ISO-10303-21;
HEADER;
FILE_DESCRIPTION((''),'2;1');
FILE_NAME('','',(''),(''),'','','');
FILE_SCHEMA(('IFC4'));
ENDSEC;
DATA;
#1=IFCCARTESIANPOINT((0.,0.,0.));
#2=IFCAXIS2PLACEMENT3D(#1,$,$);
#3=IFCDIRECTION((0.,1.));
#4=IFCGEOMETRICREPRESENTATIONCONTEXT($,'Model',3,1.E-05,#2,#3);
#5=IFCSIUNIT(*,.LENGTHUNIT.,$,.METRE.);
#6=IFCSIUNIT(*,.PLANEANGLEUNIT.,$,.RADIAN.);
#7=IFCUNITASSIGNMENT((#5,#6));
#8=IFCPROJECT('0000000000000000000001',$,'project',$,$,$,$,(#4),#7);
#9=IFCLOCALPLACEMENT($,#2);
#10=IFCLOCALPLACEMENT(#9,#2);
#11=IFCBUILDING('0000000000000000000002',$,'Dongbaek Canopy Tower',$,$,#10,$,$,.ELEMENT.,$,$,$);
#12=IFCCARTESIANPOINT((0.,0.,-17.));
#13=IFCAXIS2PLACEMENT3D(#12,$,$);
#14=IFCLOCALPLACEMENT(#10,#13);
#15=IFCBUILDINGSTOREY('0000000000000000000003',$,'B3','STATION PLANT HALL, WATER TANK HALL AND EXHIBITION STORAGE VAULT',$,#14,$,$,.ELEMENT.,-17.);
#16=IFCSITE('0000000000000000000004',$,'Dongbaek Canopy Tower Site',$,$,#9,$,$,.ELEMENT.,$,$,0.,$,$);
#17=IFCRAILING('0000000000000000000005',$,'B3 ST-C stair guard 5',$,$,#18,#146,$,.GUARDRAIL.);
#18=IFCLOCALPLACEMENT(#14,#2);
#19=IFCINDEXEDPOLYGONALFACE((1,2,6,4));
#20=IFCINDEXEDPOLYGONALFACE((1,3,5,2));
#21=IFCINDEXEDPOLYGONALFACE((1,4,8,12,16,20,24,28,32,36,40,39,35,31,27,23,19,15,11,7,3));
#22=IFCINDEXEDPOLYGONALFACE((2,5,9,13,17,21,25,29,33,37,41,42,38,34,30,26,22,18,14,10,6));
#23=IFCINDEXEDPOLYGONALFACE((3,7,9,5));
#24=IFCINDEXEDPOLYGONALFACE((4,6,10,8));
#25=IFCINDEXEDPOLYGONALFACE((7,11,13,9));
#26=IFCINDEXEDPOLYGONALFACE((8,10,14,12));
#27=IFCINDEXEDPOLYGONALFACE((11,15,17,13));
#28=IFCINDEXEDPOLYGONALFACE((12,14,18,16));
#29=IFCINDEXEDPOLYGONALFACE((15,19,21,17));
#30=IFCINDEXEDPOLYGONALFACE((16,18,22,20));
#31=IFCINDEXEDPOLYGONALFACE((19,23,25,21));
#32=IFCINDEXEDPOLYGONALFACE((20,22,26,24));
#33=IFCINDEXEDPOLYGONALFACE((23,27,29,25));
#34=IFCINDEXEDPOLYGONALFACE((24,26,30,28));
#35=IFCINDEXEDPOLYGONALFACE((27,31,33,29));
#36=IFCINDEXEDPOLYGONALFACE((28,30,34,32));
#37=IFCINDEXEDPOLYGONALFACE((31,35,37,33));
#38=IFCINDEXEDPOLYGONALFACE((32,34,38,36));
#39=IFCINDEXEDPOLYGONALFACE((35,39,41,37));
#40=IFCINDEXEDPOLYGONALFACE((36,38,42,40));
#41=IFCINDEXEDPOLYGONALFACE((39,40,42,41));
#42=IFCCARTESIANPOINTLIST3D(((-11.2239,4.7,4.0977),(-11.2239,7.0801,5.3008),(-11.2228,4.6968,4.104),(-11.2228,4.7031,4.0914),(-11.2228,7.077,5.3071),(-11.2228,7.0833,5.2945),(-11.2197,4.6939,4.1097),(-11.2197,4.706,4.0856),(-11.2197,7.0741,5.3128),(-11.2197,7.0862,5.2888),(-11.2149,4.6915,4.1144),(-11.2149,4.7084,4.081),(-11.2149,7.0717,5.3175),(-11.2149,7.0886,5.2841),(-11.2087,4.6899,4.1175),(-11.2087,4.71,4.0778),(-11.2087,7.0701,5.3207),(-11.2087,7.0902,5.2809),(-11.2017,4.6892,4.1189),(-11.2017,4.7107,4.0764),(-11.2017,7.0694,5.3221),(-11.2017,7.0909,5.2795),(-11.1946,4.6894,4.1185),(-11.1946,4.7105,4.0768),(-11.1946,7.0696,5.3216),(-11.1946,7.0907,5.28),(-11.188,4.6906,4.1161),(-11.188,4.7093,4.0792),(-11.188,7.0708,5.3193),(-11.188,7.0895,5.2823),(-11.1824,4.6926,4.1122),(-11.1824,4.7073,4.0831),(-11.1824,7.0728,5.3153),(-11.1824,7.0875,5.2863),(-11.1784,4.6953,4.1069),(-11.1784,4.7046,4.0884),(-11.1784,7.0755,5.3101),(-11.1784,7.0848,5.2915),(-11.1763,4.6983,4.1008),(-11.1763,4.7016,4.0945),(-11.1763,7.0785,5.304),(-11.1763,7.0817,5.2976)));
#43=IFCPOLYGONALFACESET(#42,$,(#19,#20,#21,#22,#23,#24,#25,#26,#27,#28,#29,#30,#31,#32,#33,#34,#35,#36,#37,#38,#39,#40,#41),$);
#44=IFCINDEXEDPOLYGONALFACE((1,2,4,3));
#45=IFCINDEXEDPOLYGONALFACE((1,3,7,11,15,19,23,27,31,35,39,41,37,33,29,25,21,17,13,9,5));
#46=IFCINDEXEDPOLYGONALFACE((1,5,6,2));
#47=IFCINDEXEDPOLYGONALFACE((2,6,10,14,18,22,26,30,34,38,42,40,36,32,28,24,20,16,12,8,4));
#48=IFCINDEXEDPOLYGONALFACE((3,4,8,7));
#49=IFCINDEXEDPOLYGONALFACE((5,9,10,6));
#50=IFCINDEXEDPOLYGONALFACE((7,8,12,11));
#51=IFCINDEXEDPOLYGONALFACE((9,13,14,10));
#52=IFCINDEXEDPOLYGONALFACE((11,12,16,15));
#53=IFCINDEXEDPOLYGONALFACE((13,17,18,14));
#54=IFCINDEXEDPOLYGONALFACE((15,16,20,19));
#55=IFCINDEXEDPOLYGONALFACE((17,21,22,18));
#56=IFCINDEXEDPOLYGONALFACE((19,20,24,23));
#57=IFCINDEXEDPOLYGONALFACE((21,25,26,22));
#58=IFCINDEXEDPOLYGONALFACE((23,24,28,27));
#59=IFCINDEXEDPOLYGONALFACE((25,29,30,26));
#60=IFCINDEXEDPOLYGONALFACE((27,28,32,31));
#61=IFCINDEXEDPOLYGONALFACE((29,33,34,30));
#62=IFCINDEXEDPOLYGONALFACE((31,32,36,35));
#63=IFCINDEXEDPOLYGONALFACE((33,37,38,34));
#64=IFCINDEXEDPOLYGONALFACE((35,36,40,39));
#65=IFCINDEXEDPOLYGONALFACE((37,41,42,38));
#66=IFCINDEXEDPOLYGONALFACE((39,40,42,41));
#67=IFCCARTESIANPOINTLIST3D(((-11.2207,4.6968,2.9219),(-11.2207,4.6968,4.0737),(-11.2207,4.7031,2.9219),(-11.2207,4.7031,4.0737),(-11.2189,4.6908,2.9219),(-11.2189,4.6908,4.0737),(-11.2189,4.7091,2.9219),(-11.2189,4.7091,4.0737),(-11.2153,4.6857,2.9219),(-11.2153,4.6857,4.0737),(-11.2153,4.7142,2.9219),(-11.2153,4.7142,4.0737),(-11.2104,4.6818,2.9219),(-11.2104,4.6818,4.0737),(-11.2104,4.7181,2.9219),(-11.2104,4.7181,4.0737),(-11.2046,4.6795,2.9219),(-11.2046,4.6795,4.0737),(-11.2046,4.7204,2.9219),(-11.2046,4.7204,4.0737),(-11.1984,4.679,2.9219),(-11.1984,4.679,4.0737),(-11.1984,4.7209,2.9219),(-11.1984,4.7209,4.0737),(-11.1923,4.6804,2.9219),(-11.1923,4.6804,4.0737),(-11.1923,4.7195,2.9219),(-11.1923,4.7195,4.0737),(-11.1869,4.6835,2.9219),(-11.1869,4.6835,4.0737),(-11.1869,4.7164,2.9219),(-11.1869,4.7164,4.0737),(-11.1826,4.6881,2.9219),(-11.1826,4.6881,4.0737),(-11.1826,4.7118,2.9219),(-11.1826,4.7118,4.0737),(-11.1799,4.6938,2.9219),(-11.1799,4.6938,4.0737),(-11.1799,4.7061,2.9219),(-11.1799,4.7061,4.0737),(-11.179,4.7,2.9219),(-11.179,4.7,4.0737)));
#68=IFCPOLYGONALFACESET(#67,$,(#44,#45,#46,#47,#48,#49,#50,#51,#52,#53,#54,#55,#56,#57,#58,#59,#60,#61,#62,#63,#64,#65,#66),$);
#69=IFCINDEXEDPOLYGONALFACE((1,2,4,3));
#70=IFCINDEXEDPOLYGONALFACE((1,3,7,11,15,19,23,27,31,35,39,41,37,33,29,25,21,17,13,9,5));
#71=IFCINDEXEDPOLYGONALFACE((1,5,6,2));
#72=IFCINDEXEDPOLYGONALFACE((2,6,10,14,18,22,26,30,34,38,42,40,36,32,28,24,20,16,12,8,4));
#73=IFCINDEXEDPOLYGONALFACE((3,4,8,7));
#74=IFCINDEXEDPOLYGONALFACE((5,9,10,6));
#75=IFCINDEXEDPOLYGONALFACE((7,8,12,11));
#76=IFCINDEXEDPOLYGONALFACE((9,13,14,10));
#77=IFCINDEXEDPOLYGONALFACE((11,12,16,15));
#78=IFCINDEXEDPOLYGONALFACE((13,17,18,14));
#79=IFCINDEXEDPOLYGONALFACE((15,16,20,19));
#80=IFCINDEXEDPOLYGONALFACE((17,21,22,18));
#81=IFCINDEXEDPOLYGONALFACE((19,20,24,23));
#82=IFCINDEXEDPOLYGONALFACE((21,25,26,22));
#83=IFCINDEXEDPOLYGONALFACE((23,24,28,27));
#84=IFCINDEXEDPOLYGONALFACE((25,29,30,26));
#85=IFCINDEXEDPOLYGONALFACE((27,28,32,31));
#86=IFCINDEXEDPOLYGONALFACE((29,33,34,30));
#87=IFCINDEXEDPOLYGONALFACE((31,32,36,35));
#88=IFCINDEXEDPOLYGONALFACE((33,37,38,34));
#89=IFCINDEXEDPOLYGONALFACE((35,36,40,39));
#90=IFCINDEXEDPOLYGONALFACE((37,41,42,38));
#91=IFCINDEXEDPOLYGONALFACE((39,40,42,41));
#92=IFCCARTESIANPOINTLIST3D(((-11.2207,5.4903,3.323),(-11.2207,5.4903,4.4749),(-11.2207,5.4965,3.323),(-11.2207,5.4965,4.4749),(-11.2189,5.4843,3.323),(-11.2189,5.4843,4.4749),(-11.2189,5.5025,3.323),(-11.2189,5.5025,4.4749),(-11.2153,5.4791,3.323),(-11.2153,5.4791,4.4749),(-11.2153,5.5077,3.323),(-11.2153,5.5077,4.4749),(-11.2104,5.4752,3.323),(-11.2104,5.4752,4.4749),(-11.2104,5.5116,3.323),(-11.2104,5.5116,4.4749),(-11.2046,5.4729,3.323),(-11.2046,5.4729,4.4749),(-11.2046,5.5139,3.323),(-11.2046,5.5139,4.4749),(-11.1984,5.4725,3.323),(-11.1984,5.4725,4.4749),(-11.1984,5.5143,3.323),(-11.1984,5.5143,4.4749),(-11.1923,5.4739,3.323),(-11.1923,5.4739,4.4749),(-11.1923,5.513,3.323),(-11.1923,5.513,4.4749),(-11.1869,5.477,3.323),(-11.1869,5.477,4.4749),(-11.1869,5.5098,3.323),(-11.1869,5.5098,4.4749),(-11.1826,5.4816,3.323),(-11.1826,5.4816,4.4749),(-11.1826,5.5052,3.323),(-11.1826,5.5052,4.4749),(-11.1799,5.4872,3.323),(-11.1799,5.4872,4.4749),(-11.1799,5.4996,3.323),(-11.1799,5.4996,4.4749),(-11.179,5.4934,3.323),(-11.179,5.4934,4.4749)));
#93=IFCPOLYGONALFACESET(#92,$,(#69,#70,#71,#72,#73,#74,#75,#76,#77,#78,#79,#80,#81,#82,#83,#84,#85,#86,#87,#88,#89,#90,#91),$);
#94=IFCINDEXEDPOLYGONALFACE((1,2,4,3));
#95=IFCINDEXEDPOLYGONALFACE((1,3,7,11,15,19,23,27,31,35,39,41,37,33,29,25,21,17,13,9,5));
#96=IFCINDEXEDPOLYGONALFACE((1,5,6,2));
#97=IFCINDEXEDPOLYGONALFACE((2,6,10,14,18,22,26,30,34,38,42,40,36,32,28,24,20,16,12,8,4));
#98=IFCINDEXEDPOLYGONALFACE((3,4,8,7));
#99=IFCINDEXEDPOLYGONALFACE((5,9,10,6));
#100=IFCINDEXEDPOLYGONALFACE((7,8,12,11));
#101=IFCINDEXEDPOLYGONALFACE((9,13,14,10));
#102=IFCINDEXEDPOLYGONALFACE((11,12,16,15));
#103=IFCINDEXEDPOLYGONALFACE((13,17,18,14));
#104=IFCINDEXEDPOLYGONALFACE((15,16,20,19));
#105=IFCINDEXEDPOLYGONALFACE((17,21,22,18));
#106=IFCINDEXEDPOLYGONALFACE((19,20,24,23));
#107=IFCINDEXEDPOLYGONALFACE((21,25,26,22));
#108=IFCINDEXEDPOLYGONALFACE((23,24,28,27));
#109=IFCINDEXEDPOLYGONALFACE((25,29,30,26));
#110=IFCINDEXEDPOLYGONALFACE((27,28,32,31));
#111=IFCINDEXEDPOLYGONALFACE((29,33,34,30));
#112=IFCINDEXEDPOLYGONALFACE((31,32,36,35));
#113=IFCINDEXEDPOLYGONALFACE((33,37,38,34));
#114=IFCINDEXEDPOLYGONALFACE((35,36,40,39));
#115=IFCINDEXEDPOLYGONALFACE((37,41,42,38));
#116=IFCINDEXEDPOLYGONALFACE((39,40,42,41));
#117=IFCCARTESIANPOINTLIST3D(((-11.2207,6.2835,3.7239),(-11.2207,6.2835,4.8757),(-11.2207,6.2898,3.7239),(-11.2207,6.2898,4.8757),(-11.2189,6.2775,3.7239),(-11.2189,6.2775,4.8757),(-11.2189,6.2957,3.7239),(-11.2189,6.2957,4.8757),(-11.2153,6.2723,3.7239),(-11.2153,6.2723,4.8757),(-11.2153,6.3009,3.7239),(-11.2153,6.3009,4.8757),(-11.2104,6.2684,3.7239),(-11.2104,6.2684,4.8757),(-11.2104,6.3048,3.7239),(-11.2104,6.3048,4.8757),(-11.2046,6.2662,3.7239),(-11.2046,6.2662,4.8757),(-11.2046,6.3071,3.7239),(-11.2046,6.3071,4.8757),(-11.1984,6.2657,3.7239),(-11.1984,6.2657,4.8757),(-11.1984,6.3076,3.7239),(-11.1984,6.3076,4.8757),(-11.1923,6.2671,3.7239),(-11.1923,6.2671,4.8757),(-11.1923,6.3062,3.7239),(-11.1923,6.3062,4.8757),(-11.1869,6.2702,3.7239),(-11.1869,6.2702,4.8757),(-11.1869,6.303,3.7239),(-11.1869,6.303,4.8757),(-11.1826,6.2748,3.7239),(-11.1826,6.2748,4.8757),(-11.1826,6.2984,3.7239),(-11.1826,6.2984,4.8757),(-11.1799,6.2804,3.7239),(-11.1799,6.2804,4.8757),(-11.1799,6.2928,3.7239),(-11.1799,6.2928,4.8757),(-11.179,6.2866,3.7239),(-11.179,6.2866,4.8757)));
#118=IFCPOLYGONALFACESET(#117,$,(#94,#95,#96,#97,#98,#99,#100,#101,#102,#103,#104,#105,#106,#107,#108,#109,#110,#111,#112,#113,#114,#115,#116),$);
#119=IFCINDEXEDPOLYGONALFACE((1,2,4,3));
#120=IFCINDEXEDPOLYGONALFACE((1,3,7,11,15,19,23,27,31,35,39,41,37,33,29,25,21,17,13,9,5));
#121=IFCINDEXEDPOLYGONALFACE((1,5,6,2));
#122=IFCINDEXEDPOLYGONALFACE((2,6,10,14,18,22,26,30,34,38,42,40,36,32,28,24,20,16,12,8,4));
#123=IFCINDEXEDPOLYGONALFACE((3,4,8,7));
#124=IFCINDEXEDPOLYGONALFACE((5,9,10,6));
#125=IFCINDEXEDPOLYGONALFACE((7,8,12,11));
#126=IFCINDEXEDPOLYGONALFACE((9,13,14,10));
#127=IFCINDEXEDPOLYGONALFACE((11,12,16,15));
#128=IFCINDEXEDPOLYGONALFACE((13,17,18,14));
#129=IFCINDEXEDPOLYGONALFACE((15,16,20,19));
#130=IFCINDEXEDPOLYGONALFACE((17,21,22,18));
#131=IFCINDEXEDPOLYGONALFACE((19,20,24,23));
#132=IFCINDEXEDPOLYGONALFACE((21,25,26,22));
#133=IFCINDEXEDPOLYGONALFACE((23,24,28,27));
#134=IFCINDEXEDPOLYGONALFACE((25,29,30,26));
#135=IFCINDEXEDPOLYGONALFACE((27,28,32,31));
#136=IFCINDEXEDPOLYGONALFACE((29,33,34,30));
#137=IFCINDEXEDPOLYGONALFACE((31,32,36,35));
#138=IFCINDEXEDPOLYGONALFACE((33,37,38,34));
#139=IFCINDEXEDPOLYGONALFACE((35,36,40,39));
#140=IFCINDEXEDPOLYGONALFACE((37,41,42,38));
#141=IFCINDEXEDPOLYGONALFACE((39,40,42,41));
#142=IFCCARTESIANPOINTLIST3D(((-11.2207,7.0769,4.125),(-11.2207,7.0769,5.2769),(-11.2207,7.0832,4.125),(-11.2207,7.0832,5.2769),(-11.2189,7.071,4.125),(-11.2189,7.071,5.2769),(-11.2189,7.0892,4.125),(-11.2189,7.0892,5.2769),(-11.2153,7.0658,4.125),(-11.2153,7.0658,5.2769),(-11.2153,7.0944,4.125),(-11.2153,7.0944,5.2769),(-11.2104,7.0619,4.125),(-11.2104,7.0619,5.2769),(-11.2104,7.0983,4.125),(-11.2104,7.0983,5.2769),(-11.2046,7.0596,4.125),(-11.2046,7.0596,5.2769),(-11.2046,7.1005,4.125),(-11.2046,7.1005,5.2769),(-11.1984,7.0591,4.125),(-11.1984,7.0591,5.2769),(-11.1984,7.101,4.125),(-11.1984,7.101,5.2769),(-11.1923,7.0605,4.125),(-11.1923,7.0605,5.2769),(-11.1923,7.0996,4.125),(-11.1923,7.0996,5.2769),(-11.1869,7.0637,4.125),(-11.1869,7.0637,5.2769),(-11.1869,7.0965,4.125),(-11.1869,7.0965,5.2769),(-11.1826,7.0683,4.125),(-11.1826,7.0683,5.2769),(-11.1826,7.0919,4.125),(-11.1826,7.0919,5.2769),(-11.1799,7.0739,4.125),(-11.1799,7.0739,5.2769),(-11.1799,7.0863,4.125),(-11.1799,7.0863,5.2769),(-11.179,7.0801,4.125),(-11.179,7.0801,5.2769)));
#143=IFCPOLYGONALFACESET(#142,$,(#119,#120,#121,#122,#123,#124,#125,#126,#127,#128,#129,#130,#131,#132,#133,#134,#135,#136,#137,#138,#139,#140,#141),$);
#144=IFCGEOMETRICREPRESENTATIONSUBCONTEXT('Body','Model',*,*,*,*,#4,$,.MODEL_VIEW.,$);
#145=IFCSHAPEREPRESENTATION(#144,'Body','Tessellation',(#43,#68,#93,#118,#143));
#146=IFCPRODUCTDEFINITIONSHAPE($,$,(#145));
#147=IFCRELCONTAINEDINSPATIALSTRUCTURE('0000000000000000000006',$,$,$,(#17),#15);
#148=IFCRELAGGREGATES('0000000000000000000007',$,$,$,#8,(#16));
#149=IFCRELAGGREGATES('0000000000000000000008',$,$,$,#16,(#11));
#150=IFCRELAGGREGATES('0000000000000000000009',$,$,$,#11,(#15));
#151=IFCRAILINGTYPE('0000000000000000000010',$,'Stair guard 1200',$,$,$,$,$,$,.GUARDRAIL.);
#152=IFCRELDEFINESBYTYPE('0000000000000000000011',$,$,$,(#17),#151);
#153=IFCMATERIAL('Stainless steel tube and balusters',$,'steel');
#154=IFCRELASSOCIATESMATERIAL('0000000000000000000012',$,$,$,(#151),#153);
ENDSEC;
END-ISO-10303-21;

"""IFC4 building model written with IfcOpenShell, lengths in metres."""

from ifc_helpers import new_model, si_unit, direction, frame, origin, origin_2d, place, context, subcontext, project, spatial, circle, extrude, material, type_object, element, save


model = new_model("IFC4")

# Units and contexts
model_context = context("Model", 3, precision=1e-05, world=origin(), true_north=direction((0.0, 1.0)))
body_context = subcontext(model_context, "Body", "Model", "MODEL_VIEW")
ifc_project = project(units=[si_unit("LENGTHUNIT", "METRE"), si_unit("PLANEANGLEUNIT", "RADIAN")], contexts=[model_context])

# Site, building, storey
site_placement = place(None, origin())
site = spatial("IfcSite", under=ifc_project, at=site_placement, Name="Dongbaek Canopy Tower Site", CompositionType="ELEMENT", RefElevation=0.0)
building_placement = place(site_placement, origin())
building = spatial("IfcBuilding", under=site, at=building_placement, Name="Dongbaek Canopy Tower", CompositionType="ELEMENT")
storey_placement = place(building_placement, frame((0.0, 0.0, -17.0)))
storey = spatial("IfcBuildingStorey", under=building, at=storey_placement, Name="B3", Description="STATION PLANT HALL, WATER TANK HALL AND EXHIBITION STORAGE VAULT", CompositionType="ELEMENT", Elevation=-17.0)

# Railing
ifc_material_1 = material(Name="Stainless steel tube and balusters", Category="steel")
railing_type_1 = type_object("IfcRailingType", Name="Stair guard 1200", PredefinedType="GUARDRAIL", material=ifc_material_1)
railing_1_placement = place(storey_placement, frame((-11.2, 4.7, 2.9219)))
element("IfcRailing", 1, at=railing_1_placement, inside=storey, type_object=railing_type_1, Name="B3 ST-C stair guard 5", PredefinedType="GUARDRAIL", context=body_context, shape_type="SweptSolid", body=[
    extrude(circle(Radius=0.0239, at=origin_2d()), frame((0.0, 0.0, 1.1758), z_axis=(0.0, 0.89246, 0.451127), x_axis=(-1.0, 0.0, 0.0)), (0.0, 0.0, 1.0), 2.667),
    extrude(circle(Radius=0.021, at=origin_2d()), origin(), (0.0, 0.0, 1.0), 1.1519),
    extrude(circle(Radius=0.021, at=origin_2d()), frame((0.0, 0.7935, 0.4011)), (0.0, 0.0, 1.0), 1.1519),
    extrude(circle(Radius=0.021, at=origin_2d()), frame((0.0, 1.5867, 0.802)), (0.0, 0.0, 1.0), 1.1519),
    extrude(circle(Radius=0.021, at=origin_2d()), frame((0.0, 2.3801, 1.2031)), (0.0, 0.0, 1.0), 1.1519),
])

save(model, "model.ifc")
